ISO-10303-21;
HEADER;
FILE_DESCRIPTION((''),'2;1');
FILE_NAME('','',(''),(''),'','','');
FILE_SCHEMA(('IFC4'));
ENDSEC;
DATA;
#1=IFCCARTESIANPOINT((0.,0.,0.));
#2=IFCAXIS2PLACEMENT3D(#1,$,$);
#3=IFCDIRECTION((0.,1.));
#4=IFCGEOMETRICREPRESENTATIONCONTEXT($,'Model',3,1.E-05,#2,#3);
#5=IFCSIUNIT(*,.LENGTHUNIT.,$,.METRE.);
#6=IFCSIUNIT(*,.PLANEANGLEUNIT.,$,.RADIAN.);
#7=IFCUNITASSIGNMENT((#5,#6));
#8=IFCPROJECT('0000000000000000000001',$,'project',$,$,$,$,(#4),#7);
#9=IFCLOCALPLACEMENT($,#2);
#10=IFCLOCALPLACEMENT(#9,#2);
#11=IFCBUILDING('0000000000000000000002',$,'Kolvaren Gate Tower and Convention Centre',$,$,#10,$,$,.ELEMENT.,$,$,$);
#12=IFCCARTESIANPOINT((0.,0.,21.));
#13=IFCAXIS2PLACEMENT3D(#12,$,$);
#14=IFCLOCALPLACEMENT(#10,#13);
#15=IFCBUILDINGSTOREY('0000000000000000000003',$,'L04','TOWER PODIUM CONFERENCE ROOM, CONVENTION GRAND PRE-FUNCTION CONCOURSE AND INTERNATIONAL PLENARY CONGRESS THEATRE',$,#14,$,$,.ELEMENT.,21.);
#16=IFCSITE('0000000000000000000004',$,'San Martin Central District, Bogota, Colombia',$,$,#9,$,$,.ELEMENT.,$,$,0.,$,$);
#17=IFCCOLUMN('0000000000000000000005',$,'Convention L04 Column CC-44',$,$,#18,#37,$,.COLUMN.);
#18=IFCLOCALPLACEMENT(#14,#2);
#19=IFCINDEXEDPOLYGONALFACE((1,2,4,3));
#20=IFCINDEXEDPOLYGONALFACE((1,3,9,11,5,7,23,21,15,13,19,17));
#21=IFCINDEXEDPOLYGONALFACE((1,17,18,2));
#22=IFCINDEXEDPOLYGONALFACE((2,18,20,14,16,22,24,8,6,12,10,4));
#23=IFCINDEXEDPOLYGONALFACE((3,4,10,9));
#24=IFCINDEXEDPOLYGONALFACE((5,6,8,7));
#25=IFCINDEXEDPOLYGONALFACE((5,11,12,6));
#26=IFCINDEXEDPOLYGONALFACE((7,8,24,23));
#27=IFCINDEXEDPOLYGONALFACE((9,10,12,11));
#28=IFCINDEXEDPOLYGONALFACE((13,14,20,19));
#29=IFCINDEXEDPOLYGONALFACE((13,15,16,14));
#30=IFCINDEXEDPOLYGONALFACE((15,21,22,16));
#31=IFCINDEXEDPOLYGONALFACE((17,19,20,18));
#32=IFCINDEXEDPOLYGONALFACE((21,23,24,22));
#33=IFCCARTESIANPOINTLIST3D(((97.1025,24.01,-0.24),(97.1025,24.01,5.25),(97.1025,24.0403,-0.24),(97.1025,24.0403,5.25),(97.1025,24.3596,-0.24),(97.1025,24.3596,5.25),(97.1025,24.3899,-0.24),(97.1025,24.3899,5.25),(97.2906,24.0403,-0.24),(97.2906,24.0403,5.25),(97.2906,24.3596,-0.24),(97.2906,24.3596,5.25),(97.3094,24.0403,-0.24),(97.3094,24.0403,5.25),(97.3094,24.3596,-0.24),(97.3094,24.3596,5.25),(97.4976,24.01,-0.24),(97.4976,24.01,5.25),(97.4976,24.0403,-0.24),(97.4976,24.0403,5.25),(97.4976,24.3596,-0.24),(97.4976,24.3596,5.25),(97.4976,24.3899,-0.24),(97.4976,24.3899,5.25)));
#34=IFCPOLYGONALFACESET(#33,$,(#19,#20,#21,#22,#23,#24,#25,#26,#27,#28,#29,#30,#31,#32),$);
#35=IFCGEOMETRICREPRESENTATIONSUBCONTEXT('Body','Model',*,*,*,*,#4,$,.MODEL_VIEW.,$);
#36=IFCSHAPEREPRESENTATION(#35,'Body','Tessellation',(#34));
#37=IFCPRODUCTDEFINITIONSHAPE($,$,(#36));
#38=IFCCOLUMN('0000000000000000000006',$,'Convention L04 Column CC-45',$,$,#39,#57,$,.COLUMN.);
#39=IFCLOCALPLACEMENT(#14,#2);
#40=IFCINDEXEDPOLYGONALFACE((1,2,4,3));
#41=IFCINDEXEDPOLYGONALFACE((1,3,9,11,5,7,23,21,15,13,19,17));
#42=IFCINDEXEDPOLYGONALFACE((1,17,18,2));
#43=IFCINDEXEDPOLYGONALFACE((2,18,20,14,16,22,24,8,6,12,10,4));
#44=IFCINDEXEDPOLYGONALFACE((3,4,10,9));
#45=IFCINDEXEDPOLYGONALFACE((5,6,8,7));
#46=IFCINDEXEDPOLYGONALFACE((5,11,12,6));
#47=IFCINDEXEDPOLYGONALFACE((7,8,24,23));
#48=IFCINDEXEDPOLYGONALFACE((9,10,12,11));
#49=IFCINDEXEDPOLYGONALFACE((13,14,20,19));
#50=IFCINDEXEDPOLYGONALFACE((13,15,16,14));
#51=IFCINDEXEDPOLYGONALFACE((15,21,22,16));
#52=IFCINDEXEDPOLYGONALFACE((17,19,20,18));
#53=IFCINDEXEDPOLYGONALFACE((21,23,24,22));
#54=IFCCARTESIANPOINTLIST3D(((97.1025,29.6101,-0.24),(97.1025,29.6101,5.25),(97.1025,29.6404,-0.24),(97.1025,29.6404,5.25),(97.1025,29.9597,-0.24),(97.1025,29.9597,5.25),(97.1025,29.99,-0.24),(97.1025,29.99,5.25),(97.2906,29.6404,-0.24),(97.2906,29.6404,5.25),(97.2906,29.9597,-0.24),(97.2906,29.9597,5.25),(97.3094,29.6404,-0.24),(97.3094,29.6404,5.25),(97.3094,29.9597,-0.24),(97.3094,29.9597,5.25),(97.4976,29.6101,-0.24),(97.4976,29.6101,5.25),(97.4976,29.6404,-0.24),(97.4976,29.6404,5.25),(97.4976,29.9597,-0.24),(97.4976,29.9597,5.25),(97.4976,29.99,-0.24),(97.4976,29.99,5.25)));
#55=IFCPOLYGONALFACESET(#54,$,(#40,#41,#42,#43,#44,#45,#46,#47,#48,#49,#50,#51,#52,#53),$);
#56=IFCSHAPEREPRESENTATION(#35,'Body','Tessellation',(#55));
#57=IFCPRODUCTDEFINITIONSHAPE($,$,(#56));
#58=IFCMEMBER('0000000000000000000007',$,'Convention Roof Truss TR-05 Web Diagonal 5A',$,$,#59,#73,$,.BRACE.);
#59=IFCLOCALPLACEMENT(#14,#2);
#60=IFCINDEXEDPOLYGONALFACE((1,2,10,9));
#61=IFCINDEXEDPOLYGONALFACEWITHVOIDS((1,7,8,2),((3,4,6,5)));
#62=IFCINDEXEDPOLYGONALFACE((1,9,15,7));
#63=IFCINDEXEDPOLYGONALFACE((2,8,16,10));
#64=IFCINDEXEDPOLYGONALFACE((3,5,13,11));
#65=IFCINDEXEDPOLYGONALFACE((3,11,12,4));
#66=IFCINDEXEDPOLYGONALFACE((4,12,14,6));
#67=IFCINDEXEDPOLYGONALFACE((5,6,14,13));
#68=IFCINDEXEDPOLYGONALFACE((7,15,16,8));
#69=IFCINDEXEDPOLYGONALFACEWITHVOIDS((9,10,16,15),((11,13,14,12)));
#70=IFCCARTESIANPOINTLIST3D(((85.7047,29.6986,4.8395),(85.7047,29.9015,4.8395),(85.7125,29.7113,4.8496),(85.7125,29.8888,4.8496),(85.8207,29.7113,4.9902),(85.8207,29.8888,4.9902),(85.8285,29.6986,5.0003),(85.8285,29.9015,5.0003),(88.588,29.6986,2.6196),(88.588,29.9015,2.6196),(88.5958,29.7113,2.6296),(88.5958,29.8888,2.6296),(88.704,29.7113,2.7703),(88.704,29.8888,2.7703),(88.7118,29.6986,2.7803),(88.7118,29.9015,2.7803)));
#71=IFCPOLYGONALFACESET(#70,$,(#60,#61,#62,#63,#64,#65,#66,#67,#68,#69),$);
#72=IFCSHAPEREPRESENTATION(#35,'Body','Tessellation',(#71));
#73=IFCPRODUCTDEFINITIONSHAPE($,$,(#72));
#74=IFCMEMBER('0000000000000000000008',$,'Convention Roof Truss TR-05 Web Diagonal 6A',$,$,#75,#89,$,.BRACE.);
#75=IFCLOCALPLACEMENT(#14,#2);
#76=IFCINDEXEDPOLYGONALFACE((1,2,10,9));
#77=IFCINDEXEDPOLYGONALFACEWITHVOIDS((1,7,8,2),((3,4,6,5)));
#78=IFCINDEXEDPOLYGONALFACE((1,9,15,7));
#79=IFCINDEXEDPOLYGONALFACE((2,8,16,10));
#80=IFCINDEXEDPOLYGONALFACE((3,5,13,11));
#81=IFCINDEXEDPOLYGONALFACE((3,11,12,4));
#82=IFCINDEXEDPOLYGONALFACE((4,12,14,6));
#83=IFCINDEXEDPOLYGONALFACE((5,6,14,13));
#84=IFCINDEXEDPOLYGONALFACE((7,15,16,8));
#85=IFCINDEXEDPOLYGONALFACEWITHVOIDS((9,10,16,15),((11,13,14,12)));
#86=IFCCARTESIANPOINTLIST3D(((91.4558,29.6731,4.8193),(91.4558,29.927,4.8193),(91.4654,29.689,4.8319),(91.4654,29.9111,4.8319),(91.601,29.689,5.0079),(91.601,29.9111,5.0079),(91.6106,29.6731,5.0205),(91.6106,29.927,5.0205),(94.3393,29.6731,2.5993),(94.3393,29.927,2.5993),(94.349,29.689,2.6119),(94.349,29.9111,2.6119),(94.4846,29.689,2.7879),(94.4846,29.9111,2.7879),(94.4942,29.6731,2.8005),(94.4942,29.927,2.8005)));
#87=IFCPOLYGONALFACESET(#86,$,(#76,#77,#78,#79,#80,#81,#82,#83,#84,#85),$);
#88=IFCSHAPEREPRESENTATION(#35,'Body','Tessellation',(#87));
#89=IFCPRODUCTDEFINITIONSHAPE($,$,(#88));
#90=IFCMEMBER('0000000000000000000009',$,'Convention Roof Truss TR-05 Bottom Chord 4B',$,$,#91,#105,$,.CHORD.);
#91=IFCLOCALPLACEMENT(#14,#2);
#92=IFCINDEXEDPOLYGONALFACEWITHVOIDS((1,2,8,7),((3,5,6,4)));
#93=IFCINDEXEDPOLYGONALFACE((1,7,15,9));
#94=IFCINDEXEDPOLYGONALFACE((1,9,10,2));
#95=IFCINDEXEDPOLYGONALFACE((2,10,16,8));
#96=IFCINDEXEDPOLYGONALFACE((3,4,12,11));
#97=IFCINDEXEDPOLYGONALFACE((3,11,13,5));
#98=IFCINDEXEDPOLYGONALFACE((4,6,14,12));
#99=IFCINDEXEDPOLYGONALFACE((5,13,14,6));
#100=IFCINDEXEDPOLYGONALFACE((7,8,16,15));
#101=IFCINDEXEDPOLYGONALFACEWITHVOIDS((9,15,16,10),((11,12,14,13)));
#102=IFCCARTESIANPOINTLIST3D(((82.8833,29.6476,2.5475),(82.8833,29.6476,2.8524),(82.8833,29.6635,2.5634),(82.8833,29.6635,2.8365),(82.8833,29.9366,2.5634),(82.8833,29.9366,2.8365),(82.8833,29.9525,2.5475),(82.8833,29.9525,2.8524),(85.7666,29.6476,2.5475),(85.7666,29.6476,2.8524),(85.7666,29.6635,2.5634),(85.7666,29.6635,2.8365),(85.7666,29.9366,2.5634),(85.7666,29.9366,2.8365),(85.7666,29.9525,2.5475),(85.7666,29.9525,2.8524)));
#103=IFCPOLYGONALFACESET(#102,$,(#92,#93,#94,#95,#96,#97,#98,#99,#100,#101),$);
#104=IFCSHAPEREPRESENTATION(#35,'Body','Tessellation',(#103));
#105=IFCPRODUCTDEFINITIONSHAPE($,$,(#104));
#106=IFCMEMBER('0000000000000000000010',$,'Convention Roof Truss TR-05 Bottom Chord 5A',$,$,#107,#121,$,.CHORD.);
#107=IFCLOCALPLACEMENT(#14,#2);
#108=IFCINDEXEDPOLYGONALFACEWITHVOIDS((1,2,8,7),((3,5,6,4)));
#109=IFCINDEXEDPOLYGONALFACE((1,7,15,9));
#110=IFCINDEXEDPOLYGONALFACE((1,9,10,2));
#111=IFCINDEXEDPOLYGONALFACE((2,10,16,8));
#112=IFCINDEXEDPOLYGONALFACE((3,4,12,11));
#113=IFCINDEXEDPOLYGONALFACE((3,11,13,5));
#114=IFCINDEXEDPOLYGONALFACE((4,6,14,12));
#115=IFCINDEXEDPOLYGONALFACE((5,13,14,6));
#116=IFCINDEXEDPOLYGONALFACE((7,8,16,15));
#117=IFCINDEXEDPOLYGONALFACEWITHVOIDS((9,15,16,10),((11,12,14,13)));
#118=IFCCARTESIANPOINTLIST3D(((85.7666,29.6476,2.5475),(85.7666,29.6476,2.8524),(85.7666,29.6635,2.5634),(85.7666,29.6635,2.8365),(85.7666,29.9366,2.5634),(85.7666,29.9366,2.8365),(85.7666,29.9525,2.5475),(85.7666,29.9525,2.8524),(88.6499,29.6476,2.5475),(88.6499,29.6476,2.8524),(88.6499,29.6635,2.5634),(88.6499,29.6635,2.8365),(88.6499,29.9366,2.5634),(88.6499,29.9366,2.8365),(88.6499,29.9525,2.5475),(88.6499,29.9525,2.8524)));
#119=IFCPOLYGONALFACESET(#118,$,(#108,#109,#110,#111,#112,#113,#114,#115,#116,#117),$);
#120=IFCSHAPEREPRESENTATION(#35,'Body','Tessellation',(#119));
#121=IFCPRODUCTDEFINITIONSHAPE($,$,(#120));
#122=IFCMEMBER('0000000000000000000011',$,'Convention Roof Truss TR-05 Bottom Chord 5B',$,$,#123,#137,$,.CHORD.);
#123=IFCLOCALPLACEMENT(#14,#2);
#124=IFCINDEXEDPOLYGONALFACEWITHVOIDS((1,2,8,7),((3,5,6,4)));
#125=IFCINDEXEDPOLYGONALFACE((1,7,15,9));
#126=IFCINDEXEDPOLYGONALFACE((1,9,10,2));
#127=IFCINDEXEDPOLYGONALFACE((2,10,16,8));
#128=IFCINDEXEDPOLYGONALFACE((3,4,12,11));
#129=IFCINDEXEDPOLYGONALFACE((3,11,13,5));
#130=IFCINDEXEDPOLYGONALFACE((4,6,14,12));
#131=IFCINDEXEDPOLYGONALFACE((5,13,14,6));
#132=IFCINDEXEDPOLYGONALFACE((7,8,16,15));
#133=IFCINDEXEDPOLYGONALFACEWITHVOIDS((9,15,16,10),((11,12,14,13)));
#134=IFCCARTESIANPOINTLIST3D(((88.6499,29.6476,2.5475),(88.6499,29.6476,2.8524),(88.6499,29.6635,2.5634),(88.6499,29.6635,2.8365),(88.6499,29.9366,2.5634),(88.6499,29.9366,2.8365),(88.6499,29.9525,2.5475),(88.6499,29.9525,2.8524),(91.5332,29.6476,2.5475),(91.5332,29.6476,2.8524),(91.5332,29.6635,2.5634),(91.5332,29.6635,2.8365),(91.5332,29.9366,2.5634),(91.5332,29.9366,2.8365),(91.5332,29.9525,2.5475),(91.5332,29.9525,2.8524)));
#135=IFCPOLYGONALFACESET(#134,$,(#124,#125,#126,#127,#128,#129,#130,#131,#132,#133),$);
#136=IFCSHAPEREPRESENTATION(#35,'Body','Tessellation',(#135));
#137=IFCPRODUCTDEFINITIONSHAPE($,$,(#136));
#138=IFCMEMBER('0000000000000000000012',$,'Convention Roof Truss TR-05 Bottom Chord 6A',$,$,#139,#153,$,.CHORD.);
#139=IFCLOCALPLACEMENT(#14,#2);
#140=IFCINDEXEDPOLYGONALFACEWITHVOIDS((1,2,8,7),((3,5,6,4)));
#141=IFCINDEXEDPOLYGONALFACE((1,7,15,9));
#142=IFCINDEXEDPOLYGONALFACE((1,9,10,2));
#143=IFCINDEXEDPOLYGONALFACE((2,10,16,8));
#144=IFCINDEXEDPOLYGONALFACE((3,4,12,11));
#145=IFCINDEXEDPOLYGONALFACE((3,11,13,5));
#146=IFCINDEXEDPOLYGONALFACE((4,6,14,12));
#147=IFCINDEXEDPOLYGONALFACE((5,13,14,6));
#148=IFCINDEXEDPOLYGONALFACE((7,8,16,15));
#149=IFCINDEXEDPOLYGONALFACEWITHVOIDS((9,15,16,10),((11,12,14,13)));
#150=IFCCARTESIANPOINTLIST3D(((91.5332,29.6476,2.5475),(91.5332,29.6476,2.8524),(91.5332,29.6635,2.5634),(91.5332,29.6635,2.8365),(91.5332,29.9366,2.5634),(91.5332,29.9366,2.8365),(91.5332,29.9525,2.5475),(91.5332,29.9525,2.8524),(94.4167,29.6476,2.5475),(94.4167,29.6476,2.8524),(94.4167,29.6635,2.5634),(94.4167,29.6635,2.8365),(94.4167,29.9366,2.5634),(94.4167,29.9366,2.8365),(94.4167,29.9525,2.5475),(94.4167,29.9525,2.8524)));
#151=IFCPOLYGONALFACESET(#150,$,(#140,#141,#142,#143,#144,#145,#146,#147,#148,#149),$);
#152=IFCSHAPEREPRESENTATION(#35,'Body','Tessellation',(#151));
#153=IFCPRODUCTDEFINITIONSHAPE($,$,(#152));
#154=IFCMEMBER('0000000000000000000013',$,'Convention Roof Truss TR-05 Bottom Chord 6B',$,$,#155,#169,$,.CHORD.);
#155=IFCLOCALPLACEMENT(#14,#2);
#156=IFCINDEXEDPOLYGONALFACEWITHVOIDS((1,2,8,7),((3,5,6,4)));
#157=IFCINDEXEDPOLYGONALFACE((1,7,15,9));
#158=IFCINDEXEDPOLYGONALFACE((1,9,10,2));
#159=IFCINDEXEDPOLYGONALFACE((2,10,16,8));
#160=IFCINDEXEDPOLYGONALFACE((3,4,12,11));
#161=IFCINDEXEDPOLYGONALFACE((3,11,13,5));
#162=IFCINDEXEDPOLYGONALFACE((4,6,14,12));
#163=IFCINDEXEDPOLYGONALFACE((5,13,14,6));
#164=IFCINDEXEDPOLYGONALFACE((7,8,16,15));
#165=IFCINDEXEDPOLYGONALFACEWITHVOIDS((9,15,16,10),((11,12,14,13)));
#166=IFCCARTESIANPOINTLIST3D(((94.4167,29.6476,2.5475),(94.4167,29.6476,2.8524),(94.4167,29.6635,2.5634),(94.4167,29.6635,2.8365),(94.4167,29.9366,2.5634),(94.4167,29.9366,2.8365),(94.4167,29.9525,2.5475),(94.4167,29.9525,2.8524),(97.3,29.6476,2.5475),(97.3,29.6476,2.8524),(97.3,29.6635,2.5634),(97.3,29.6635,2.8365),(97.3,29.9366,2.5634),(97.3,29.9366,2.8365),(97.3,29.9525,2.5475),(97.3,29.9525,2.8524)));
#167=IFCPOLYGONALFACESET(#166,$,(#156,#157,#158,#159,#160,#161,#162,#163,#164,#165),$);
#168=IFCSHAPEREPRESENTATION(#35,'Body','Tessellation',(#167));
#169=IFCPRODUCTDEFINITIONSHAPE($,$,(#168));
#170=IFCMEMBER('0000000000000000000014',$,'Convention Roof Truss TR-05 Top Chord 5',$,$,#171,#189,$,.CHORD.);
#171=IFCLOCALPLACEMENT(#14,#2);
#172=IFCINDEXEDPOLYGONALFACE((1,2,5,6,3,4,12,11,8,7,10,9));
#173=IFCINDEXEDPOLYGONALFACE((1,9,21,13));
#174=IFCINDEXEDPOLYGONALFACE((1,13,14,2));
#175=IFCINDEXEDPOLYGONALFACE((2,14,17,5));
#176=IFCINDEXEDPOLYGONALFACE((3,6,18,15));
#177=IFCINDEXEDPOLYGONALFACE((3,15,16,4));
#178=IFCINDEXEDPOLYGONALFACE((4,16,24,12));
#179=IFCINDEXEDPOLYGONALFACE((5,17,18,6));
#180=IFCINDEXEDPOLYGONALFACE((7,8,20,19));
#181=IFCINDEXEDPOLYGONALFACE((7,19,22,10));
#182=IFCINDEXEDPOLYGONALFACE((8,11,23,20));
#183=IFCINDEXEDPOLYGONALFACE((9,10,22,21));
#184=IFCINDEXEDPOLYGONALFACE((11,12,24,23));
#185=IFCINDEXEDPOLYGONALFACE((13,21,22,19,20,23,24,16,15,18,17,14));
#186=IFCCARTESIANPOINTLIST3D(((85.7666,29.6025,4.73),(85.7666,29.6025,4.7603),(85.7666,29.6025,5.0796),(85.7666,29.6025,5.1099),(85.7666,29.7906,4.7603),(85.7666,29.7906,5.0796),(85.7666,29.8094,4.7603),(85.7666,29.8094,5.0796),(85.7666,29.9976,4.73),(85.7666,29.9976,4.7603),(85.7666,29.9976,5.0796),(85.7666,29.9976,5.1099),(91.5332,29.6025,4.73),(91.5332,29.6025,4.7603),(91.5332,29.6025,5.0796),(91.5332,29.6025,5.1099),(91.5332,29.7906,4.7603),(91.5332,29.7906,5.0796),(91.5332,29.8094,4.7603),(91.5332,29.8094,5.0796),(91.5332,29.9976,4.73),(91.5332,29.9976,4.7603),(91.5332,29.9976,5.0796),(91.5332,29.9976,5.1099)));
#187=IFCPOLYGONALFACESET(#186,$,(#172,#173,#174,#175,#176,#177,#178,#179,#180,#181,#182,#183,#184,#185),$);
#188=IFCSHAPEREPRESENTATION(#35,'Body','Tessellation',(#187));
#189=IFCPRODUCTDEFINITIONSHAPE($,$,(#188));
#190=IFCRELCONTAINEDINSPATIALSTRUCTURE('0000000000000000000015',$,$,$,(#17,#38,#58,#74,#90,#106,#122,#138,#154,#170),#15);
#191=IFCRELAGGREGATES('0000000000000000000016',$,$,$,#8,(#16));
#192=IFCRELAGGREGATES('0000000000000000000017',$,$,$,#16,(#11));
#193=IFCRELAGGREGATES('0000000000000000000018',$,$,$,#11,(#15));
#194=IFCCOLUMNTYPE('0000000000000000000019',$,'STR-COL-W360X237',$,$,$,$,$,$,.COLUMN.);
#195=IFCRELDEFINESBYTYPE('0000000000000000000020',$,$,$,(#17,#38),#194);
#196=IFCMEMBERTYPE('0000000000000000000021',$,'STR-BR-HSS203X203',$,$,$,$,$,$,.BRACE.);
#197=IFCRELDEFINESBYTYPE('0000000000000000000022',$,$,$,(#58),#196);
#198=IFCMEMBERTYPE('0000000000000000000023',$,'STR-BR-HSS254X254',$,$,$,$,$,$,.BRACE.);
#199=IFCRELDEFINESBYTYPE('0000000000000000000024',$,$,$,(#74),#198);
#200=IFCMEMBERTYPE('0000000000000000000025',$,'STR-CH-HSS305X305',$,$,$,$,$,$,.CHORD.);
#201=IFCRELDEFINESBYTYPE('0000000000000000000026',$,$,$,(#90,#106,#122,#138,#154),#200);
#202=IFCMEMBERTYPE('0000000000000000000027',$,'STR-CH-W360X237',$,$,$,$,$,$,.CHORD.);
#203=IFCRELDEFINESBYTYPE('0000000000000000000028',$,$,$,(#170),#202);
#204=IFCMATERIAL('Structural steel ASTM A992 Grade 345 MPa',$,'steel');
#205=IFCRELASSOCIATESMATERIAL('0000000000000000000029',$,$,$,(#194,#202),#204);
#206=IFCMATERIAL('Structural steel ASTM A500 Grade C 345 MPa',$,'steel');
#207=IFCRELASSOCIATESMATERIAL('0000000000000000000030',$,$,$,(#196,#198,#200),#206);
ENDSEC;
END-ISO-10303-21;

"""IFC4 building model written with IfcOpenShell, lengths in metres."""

from ifc_helpers import new_model, si_unit, direction, frame, origin, origin_2d, place, context, subcontext, project, spatial, hollow_rectangle, i_section, extrude, material, material_profile, profile_set, type_object, element, save


model = new_model("IFC4")

# Units and contexts
model_context = context("Model", 3, precision=1e-05, world=origin(), true_north=direction((0.0, 1.0)))
body_context = subcontext(model_context, "Body", "Model", "MODEL_VIEW")
ifc_project = project(units=[si_unit("LENGTHUNIT", "METRE"), si_unit("PLANEANGLEUNIT", "RADIAN")], contexts=[model_context])

# Site, building, storey
site_placement = place(None, origin())
site = spatial("IfcSite", under=ifc_project, at=site_placement, Name="San Martin Central District, Bogota, Colombia", CompositionType="ELEMENT", RefElevation=0.0)
building_placement = place(site_placement, origin())
building = spatial("IfcBuilding", under=site, at=building_placement, Name="Kolvaren Gate Tower and Convention Centre", CompositionType="ELEMENT")
storey_placement = place(building_placement, frame((0.0, 0.0, 21.0)))
storey = spatial("IfcBuildingStorey", under=building, at=storey_placement, Name="L04", Description="TOWER PODIUM CONFERENCE ROOM, CONVENTION GRAND PRE-FUNCTION CONCOURSE AND INTERNATIONAL PLENARY CONGRESS THEATRE", CompositionType="ELEMENT", Elevation=21.0)

# Columns
ifc_material_1 = material(Name="Structural steel ASTM A992 Grade 345 MPa", Category="steel")
ifc_material_profile_1 = material_profile(ifc_material_1, i_section(OverallWidth=0.395, OverallDepth=0.3799, WebThickness=0.0188, FlangeThickness=0.0303, at=origin_2d()), Name="W360X237")
ifc_profile_set_1 = profile_set([ifc_material_profile_1], Name="Structural steel ASTM A992 Grade 345 MPa")
column_type = type_object("IfcColumnType", Name="STR-COL-W360X237", PredefinedType="COLUMN", material=ifc_profile_set_1)
for number, where, z_axis, x_axis, name in (
    (1, (97.3, 24.2, -0.24), (0.0, 0.0, 1.0), (1.0, 0.0, 0.0), "Convention L04 Column CC-44"),
    (2, (97.3, 29.8, -0.24), (0.0, 0.0, 1.0), (1.0, 0.0, 0.0), "Convention L04 Column CC-45"),
):
    element("IfcColumn", number, at=place(storey_placement, frame(where, z_axis=z_axis, x_axis=x_axis)), inside=storey, type_object=column_type, Name=name, PredefinedType="COLUMN", context=body_context, shape_type="SweptSolid", body=[
        extrude(i_section(OverallWidth=0.395, OverallDepth=0.3799, WebThickness=0.0188, FlangeThickness=0.0303, at=origin_2d()), origin(), (0.0, 0.0, 1.0), 5.49),
    ])

# Members
ifc_material_2 = material(Name="Structural steel ASTM A500 Grade C 345 MPa", Category="steel")
ifc_material_profile_2 = material_profile(ifc_material_2, hollow_rectangle(XDim=0.2029, YDim=0.2029, WallThickness=0.0127, at=origin_2d()), Name="HSS203X203X12.7")
ifc_profile_set_2 = profile_set([ifc_material_profile_2], Name="Structural steel ASTM A500 Grade C 345 MPa")
member_type_1 = type_object("IfcMemberType", Name="STR-BR-HSS203X203", PredefinedType="BRACE", material=ifc_profile_set_2)
member_1_placement = place(storey_placement, frame((85.7666, 29.8, 4.9199), z_axis=(0.792352, 0.0, -0.610064), x_axis=(0.0, 1.0, 0.0)))
element("IfcMember", 3, at=member_1_placement, inside=storey, type_object=member_type_1, Name="Convention Roof Truss TR-05 Web Diagonal 5A", PredefinedType="BRACE", context=body_context, shape_type="SweptSolid", body=[
    extrude(hollow_rectangle(XDim=0.2029, YDim=0.2029, WallThickness=0.0127, at=origin_2d()), origin(), (0.0, 0.0, 1.0), 3.6389),
])
ifc_material_profile_3 = material_profile(ifc_material_2, hollow_rectangle(XDim=0.2539, YDim=0.2539, WallThickness=0.0159, at=origin_2d()), Name="HSS254X254X15.9")
ifc_profile_set_3 = profile_set([ifc_material_profile_3], Name="Structural steel ASTM A500 Grade C 345 MPa")
member_type_2 = type_object("IfcMemberType", Name="STR-BR-HSS254X254", PredefinedType="BRACE", material=ifc_profile_set_3)
member_2_placement = place(storey_placement, frame((91.5332, 29.8, 4.9199), z_axis=(0.792377, 0.0, -0.610032), x_axis=(0.0, 1.0, 0.0)))
element("IfcMember", 4, at=member_2_placement, inside=storey, type_object=member_type_2, Name="Convention Roof Truss TR-05 Web Diagonal 6A", PredefinedType="BRACE", context=body_context, shape_type="SweptSolid", body=[
    extrude(hollow_rectangle(XDim=0.2539, YDim=0.2539, WallThickness=0.0159, at=origin_2d()), origin(), (0.0, 0.0, 1.0), 3.6392),
])
ifc_material_profile_4 = material_profile(ifc_material_2, hollow_rectangle(XDim=0.3049, YDim=0.3049, WallThickness=0.0159, at=origin_2d()), Name="HSS305X305X15.9")
ifc_profile_set_4 = profile_set([ifc_material_profile_4], Name="Structural steel ASTM A500 Grade C 345 MPa")
member_type_3 = type_object("IfcMemberType", Name="STR-CH-HSS305X305", PredefinedType="CHORD", material=ifc_profile_set_4)
for number, where, z_axis, x_axis, name in (
    (5, (82.8833, 29.8, 2.7), (1.0, 0.0, 0.0), (0.0, 1.0, 0.0), "Convention Roof Truss TR-05 Bottom Chord 4B"),
    (6, (85.7666, 29.8, 2.7), (1.0, 0.0, 0.0), (0.0, 1.0, 0.0), "Convention Roof Truss TR-05 Bottom Chord 5A"),
    (7, (88.6499, 29.8, 2.7), (1.0, 0.0, 0.0), (0.0, 1.0, 0.0), "Convention Roof Truss TR-05 Bottom Chord 5B"),
):
    element("IfcMember", number, at=place(storey_placement, frame(where, z_axis=z_axis, x_axis=x_axis)), inside=storey, type_object=member_type_3, Name=name, PredefinedType="CHORD", context=body_context, shape_type="SweptSolid", body=[
        extrude(hollow_rectangle(XDim=0.3049, YDim=0.3049, WallThickness=0.0159, at=origin_2d()), origin(), (0.0, 0.0, 1.0), 2.8833),
    ])
member_3_placement = place(storey_placement, frame((91.5332, 29.8, 2.7), z_axis=(1.0, 0.0, 0.0), x_axis=(0.0, 1.0, 0.0)))
element("IfcMember", 8, at=member_3_placement, inside=storey, type_object=member_type_3, Name="Convention Roof Truss TR-05 Bottom Chord 6A", PredefinedType="CHORD", context=body_context, shape_type="SweptSolid", body=[
    extrude(hollow_rectangle(XDim=0.3049, YDim=0.3049, WallThickness=0.0159, at=origin_2d()), origin(), (0.0, 0.0, 1.0), 2.8835),
])
member_4_placement = place(storey_placement, frame((94.4167, 29.8, 2.7), z_axis=(1.0, 0.0, 0.0), x_axis=(0.0, 1.0, 0.0)))
element("IfcMember", 9, at=member_4_placement, inside=storey, type_object=member_type_3, Name="Convention Roof Truss TR-05 Bottom Chord 6B", PredefinedType="CHORD", context=body_context, shape_type="SweptSolid", body=[
    extrude(hollow_rectangle(XDim=0.3049, YDim=0.3049, WallThickness=0.0159, at=origin_2d()), origin(), (0.0, 0.0, 1.0), 2.8833),
])
ifc_material_profile_5 = material_profile(ifc_material_1, i_section(OverallWidth=0.395, OverallDepth=0.3799, WebThickness=0.0188, FlangeThickness=0.0303, at=origin_2d()), Name="W360X237")
ifc_profile_set_5 = profile_set([ifc_material_profile_5], Name="Structural steel ASTM A992 Grade 345 MPa")
member_type_4 = type_object("IfcMemberType", Name="STR-CH-W360X237", PredefinedType="CHORD", material=ifc_profile_set_5)
member_5_placement = place(storey_placement, frame((85.7666, 29.8, 4.9199), z_axis=(1.0, 0.0, 0.0), x_axis=(0.0, 1.0, 0.0)))
element("IfcMember", 10, at=member_5_placement, inside=storey, type_object=member_type_4, Name="Convention Roof Truss TR-05 Top Chord 5", PredefinedType="CHORD", context=body_context, shape_type="SweptSolid", body=[
    extrude(i_section(OverallWidth=0.395, OverallDepth=0.3799, WebThickness=0.0188, FlangeThickness=0.0303, at=origin_2d()), origin(), (0.0, 0.0, 1.0), 5.7666),
])

save(model, "model.ifc")
